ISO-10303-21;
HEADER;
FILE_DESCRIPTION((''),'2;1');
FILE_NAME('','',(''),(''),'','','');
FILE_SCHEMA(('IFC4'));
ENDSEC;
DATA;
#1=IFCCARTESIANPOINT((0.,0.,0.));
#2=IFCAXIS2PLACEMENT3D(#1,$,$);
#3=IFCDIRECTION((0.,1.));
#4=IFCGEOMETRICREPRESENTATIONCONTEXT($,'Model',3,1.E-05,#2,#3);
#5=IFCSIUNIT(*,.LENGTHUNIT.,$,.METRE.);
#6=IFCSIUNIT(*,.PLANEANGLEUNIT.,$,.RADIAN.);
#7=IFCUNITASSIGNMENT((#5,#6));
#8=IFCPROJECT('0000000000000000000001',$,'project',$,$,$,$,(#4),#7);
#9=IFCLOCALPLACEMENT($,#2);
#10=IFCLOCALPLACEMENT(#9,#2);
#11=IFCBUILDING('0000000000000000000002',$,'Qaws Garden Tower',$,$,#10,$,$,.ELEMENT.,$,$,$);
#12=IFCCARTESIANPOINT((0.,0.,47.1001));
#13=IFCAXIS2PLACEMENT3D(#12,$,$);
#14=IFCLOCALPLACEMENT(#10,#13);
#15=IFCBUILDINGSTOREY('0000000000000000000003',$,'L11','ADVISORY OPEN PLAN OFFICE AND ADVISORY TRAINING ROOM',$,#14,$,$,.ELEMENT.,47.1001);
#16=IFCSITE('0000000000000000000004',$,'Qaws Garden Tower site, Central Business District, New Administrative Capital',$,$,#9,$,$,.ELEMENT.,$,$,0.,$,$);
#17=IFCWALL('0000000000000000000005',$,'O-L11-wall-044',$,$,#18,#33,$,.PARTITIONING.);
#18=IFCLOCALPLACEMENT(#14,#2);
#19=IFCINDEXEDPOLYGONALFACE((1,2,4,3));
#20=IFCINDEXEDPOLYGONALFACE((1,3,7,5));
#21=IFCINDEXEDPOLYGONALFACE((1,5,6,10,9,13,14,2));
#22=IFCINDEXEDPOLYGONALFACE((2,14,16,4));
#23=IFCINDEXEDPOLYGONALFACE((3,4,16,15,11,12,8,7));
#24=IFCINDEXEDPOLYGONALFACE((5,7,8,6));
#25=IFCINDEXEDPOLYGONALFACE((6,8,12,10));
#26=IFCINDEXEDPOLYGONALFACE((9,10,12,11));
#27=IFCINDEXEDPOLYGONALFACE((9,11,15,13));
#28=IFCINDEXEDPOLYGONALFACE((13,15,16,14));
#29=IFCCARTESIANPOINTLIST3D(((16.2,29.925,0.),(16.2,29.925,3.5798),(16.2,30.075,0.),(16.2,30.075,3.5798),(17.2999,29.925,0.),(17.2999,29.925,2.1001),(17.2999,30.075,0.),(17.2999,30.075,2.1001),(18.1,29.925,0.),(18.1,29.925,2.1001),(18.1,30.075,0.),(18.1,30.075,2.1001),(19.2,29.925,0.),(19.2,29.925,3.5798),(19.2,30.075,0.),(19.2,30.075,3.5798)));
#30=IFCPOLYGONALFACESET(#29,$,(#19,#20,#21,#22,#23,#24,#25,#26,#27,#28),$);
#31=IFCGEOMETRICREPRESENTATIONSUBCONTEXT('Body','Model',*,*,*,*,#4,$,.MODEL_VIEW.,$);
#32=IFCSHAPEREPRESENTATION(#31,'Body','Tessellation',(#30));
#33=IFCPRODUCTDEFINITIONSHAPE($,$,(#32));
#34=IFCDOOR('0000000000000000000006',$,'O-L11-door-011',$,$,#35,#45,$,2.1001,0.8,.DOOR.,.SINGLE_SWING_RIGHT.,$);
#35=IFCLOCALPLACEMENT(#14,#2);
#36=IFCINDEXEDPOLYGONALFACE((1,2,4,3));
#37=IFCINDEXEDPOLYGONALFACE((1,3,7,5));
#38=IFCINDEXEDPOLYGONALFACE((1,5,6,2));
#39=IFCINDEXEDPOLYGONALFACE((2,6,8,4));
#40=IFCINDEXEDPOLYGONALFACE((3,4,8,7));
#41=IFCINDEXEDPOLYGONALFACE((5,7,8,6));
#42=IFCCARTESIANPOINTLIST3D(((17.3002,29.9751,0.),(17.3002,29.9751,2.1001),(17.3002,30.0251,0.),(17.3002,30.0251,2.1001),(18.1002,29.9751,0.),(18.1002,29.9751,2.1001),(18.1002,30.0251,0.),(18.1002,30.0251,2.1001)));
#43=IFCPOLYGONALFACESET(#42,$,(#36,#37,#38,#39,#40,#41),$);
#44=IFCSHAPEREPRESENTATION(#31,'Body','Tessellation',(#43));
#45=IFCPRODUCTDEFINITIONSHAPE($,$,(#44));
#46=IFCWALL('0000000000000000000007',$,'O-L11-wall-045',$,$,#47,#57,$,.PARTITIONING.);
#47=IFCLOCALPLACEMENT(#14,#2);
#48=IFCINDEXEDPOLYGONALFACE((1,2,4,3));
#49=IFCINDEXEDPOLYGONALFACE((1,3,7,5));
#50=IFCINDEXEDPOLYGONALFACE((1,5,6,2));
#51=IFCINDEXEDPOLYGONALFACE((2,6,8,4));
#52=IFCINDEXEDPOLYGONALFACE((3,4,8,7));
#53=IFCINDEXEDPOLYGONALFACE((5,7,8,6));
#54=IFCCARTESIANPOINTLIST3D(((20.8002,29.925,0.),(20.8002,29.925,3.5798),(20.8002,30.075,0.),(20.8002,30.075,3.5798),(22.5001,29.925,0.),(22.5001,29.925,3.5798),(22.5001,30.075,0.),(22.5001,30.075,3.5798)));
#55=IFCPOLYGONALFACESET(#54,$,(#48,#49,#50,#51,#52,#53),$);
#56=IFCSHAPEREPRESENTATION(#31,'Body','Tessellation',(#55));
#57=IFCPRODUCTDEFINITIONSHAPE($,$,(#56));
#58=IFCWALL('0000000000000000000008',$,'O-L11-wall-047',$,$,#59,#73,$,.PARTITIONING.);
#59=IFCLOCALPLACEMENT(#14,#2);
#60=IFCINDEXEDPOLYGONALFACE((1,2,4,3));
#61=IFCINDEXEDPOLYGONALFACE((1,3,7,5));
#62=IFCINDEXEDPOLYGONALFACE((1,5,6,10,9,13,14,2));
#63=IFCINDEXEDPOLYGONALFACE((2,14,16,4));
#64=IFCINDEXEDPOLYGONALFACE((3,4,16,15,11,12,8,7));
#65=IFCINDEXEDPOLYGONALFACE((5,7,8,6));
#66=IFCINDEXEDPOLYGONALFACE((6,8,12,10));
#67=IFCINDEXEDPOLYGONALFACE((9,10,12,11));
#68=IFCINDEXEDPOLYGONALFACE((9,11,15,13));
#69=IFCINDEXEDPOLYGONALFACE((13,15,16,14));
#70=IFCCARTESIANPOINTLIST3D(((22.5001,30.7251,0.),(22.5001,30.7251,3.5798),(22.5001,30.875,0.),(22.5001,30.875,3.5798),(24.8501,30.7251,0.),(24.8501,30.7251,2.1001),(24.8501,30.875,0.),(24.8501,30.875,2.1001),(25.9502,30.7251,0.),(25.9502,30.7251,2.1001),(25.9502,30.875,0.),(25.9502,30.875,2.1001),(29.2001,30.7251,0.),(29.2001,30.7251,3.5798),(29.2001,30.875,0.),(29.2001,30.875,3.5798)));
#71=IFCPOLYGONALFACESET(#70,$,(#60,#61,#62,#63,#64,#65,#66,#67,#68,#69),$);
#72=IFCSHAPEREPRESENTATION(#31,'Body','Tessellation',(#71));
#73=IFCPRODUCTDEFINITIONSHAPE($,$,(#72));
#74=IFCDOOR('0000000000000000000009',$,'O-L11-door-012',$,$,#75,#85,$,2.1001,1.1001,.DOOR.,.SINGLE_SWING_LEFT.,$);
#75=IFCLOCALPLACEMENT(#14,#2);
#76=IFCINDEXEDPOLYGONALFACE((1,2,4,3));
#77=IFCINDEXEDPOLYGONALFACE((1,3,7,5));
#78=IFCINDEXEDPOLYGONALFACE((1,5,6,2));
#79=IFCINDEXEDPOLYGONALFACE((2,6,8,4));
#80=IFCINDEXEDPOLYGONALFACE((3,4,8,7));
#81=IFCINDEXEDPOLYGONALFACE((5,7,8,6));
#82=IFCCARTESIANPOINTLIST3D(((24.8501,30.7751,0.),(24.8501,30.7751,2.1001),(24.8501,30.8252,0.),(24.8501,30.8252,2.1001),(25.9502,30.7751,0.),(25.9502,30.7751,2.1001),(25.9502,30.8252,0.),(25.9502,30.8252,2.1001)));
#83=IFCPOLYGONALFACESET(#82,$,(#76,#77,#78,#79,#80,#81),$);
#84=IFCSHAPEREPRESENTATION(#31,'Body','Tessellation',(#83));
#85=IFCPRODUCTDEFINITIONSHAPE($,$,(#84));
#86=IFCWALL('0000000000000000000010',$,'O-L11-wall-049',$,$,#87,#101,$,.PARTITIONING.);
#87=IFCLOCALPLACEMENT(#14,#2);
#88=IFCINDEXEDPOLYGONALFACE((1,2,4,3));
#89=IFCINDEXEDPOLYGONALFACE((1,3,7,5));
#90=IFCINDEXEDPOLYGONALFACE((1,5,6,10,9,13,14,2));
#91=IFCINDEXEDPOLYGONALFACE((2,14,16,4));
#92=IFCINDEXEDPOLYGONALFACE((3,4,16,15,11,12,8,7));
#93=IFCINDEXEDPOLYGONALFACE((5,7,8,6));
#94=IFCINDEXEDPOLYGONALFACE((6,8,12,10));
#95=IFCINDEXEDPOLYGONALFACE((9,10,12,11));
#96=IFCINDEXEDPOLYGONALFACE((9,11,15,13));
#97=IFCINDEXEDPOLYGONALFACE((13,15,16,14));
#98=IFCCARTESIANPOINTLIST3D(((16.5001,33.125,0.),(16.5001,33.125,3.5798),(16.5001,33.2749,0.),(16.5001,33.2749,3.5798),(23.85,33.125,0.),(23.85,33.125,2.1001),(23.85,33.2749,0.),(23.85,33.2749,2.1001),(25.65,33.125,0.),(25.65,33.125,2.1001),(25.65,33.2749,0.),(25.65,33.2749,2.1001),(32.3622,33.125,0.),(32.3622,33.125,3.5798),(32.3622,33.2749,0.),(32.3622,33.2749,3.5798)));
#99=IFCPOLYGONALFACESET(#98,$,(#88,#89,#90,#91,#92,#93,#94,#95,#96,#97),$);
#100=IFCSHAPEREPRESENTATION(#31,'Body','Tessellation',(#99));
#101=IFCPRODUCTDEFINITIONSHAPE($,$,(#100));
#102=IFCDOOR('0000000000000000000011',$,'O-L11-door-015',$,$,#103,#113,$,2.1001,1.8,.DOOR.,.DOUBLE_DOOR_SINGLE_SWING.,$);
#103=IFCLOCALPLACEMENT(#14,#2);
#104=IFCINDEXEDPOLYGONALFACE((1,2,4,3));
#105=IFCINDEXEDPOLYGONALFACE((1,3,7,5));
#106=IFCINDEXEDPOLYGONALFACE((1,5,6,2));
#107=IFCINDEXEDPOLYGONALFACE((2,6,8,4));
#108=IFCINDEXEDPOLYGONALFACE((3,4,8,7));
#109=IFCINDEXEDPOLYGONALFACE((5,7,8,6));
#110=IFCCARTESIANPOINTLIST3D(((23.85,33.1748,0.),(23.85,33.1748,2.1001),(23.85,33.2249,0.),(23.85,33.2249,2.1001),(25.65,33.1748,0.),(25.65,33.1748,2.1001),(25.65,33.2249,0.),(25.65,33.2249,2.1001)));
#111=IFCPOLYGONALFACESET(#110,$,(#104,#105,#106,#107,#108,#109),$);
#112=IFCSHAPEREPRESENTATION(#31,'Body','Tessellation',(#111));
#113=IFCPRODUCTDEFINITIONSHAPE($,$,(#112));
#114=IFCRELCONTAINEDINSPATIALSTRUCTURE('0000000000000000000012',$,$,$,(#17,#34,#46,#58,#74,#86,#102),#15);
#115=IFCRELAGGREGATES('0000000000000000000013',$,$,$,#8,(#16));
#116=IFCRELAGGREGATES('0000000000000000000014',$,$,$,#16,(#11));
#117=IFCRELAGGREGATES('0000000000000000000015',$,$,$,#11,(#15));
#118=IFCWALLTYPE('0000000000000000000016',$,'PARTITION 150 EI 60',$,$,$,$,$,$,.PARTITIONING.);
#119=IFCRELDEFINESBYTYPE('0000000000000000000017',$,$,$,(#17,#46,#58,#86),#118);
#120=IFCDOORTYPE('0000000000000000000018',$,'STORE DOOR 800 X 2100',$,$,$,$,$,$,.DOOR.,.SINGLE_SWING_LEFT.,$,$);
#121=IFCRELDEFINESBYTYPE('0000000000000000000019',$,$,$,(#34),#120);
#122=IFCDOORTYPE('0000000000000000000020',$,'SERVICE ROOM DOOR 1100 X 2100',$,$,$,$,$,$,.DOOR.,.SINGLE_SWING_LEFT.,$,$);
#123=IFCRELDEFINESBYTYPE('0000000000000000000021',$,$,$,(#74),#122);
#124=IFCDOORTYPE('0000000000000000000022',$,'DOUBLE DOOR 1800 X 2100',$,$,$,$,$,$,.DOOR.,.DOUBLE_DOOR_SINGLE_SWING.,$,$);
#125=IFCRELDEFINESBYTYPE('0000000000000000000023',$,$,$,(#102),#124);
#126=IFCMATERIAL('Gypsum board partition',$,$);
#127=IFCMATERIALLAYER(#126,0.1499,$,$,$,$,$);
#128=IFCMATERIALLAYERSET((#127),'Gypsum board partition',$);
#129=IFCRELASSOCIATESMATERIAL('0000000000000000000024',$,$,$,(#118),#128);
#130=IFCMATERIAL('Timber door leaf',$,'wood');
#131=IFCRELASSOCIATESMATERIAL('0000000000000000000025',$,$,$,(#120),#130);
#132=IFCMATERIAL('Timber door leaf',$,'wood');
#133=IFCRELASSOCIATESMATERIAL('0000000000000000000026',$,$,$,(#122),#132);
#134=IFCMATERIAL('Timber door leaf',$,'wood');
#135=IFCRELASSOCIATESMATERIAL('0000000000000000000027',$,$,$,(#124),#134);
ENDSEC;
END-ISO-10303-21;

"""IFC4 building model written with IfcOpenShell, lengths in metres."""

from ifc_helpers import new_model, si_unit, direction, frame, frame_2d, origin, place, context, subcontext, project, spatial, rectangle, extrude, material, layer, layer_set, type_object, element, fill, save


model = new_model("IFC4")

# Units and contexts
model_context = context("Model", 3, precision=1e-05, world=origin(), true_north=direction((0.0, 1.0)))
body_context = subcontext(model_context, "Body", "Model", "MODEL_VIEW")
ifc_project = project(units=[si_unit("LENGTHUNIT", "METRE"), si_unit("PLANEANGLEUNIT", "RADIAN")], contexts=[model_context])

# Site, building, storey
site_placement = place(None, origin())
site = spatial("IfcSite", under=ifc_project, at=site_placement, Name="Qaws Garden Tower site, Central Business District, New Administrative Capital", CompositionType="ELEMENT", RefElevation=0.0)
building_placement = place(site_placement, origin())
building = spatial("IfcBuilding", under=site, at=building_placement, Name="Qaws Garden Tower", CompositionType="ELEMENT")
storey_placement = place(building_placement, frame((0.0, 0.0, 47.1001)))
storey = spatial("IfcBuildingStorey", under=building, at=storey_placement, Name="L11", Description="ADVISORY OPEN PLAN OFFICE AND ADVISORY TRAINING ROOM", CompositionType="ELEMENT", Elevation=47.1001)

# Shared definitions
ifc_material_1 = material(Name="Gypsum board partition")
ifc_layer_1 = layer(ifc_material_1, 0.1499)
ifc_layer_set_1 = layer_set([ifc_layer_1], Name="Gypsum board partition")
wall_type_1 = type_object("IfcWallType", Name="PARTITION 150 EI 60", PredefinedType="PARTITIONING", material=ifc_layer_set_1)

# Wall, opening, door
wall_1_placement = place(storey_placement, frame((16.2, 30.0, 0.0), z_axis=(0.0, 0.0, 1.0), x_axis=(1.0, 0.0, 0.0)))
wall_1 = element("IfcWall", 1, at=wall_1_placement, inside=storey, type_object=wall_type_1, Name="O-L11-wall-044", PredefinedType="PARTITIONING", context=body_context, shape_type="SweptSolid", body=[
    extrude(rectangle(XDim=3.0, YDim=0.1499, at=frame_2d((1.5, 0.0))), origin(), (0.0, 0.0, 1.0), 3.5798),
])
opening_1_placement = place(wall_1_placement, frame((1.1001, 0.0, 0.0)))
opening_1 = element("IfcOpeningElement", 2, at=opening_1_placement, cuts=wall_1, PredefinedType="OPENING", context=body_context, shape_type="SweptSolid", body=[
    extrude(rectangle(XDim=0.8, YDim=2.1001, at=frame_2d((0.3999, 1.05))), frame((0.0, 0.085, 0.0), z_axis=(0.0, -1.0, 0.0), x_axis=(1.0, 0.0, 0.0)), (0.0, 0.0, 1.0), 0.1699),
])
ifc_material_2 = material(Name="Timber door leaf", Category="wood")
door_type_1 = type_object("IfcDoorType", Name="STORE DOOR 800 X 2100", OperationType="SINGLE_SWING_LEFT", PredefinedType="DOOR", material=ifc_material_2)
door_1_placement = place(opening_1_placement, frame((0.8, 0.0, 0.0), z_axis=(0.0, 0.0, 1.0), x_axis=(-1.0, 0.0, 0.0)))
door_1 = element("IfcDoor", 3, at=door_1_placement, inside=storey, type_object=door_type_1, Name="O-L11-door-011", OperationType="SINGLE_SWING_RIGHT", OverallHeight=2.1001, OverallWidth=0.8, PredefinedType="DOOR", context=body_context, shape_type="SweptSolid", body=[
    extrude(rectangle(XDim=0.8, YDim=2.1001, at=frame_2d((0.3999, 1.05))), frame((0.0, 0.0249, 0.0), z_axis=(0.0, -1.0, 0.0), x_axis=(1.0, 0.0, 0.0)), (0.0, 0.0, 1.0), 0.05),
])
fill(opening_1, door_1)

# Wall
wall_2_placement = place(storey_placement, frame((20.8, 30.0, 0.0), z_axis=(0.0, 0.0, 1.0), x_axis=(1.0, 0.0, 0.0)))
element("IfcWall", 4, at=wall_2_placement, inside=storey, type_object=wall_type_1, Name="O-L11-wall-045", PredefinedType="PARTITIONING", context=body_context, shape_type="SweptSolid", body=[
    extrude(rectangle(XDim=1.7, YDim=0.1499, at=frame_2d((0.8501, 0.0))), origin(), (0.0, 0.0, 1.0), 3.5798),
])

# Walls, openings, doors
wall_3_placement = place(storey_placement, frame((22.5, 30.8, 0.0), z_axis=(0.0, 0.0, 1.0), x_axis=(1.0, 0.0, 0.0)))
wall_3 = element("IfcWall", 5, at=wall_3_placement, inside=storey, type_object=wall_type_1, Name="O-L11-wall-047", PredefinedType="PARTITIONING", context=body_context, shape_type="SweptSolid", body=[
    extrude(rectangle(XDim=6.7, YDim=0.1499, at=frame_2d((3.3501, 0.0))), origin(), (0.0, 0.0, 1.0), 3.5798),
])
opening_2_placement = place(wall_3_placement, frame((2.3501, 0.0, 0.0)))
opening_2 = element("IfcOpeningElement", 6, at=opening_2_placement, cuts=wall_3, PredefinedType="OPENING", context=body_context, shape_type="SweptSolid", body=[
    extrude(rectangle(XDim=1.1001, YDim=2.1001, at=frame_2d((0.55, 1.05))), frame((0.0, 0.085, 0.0), z_axis=(0.0, -1.0, 0.0), x_axis=(1.0, 0.0, 0.0)), (0.0, 0.0, 1.0), 0.1699),
])
ifc_material_3 = material(Name="Timber door leaf", Category="wood")
door_type_2 = type_object("IfcDoorType", Name="SERVICE ROOM DOOR 1100 X 2100", OperationType="SINGLE_SWING_LEFT", PredefinedType="DOOR", material=ifc_material_3)
door_2_placement = place(opening_2_placement, frame((1.1001, 0.0, 0.0), z_axis=(0.0, 0.0, 1.0), x_axis=(-1.0, 0.0, 0.0)))
door_2 = element("IfcDoor", 7, at=door_2_placement, inside=storey, type_object=door_type_2, Name="O-L11-door-012", OperationType="SINGLE_SWING_LEFT", OverallHeight=2.1001, OverallWidth=1.1001, PredefinedType="DOOR", context=body_context, shape_type="SweptSolid", body=[
    extrude(rectangle(XDim=1.1001, YDim=2.1001, at=frame_2d((0.55, 1.05))), frame((0.0, 0.0249, 0.0), z_axis=(0.0, -1.0, 0.0), x_axis=(1.0, 0.0, 0.0)), (0.0, 0.0, 1.0), 0.05),
])
fill(opening_2, door_2)
wall_4_placement = place(storey_placement, frame((16.5, 33.2, 0.0), z_axis=(0.0, 0.0, 1.0), x_axis=(1.0, 0.0, 0.0)))
wall_4 = element("IfcWall", 8, at=wall_4_placement, inside=storey, type_object=wall_type_1, Name="O-L11-wall-049", PredefinedType="PARTITIONING", context=body_context, shape_type="SweptSolid", body=[
    extrude(rectangle(XDim=15.8621, YDim=0.1499, at=frame_2d((7.9312, 0.0))), origin(), (0.0, 0.0, 1.0), 3.5798),
])
opening_3_placement = place(wall_4_placement, frame((7.3501, 0.0, 0.0)))
opening_3 = element("IfcOpeningElement", 9, at=opening_3_placement, cuts=wall_4, PredefinedType="OPENING", context=body_context, shape_type="SweptSolid", body=[
    extrude(rectangle(XDim=1.8, YDim=2.1001, at=frame_2d((0.8999, 1.05))), frame((0.0, 0.085, 0.0), z_axis=(0.0, -1.0, 0.0), x_axis=(1.0, 0.0, 0.0)), (0.0, 0.0, 1.0), 0.1699),
])
ifc_material_4 = material(Name="Timber door leaf", Category="wood")
door_type_3 = type_object("IfcDoorType", Name="DOUBLE DOOR 1800 X 2100", OperationType="DOUBLE_DOOR_SINGLE_SWING", PredefinedType="DOOR", material=ifc_material_4)
door_3_placement = place(opening_3_placement, origin())
door_3 = element("IfcDoor", 10, at=door_3_placement, inside=storey, type_object=door_type_3, Name="O-L11-door-015", OperationType="DOUBLE_DOOR_SINGLE_SWING", OverallHeight=2.1001, OverallWidth=1.8, PredefinedType="DOOR", context=body_context, shape_type="SweptSolid", body=[
    extrude(rectangle(XDim=1.8, YDim=2.1001, at=frame_2d((0.8999, 1.05))), frame((0.0, 0.0249, 0.0), z_axis=(0.0, -1.0, 0.0), x_axis=(1.0, 0.0, 0.0)), (0.0, 0.0, 1.0), 0.05),
])
fill(opening_3, door_3)

save(model, "model.ifc")
